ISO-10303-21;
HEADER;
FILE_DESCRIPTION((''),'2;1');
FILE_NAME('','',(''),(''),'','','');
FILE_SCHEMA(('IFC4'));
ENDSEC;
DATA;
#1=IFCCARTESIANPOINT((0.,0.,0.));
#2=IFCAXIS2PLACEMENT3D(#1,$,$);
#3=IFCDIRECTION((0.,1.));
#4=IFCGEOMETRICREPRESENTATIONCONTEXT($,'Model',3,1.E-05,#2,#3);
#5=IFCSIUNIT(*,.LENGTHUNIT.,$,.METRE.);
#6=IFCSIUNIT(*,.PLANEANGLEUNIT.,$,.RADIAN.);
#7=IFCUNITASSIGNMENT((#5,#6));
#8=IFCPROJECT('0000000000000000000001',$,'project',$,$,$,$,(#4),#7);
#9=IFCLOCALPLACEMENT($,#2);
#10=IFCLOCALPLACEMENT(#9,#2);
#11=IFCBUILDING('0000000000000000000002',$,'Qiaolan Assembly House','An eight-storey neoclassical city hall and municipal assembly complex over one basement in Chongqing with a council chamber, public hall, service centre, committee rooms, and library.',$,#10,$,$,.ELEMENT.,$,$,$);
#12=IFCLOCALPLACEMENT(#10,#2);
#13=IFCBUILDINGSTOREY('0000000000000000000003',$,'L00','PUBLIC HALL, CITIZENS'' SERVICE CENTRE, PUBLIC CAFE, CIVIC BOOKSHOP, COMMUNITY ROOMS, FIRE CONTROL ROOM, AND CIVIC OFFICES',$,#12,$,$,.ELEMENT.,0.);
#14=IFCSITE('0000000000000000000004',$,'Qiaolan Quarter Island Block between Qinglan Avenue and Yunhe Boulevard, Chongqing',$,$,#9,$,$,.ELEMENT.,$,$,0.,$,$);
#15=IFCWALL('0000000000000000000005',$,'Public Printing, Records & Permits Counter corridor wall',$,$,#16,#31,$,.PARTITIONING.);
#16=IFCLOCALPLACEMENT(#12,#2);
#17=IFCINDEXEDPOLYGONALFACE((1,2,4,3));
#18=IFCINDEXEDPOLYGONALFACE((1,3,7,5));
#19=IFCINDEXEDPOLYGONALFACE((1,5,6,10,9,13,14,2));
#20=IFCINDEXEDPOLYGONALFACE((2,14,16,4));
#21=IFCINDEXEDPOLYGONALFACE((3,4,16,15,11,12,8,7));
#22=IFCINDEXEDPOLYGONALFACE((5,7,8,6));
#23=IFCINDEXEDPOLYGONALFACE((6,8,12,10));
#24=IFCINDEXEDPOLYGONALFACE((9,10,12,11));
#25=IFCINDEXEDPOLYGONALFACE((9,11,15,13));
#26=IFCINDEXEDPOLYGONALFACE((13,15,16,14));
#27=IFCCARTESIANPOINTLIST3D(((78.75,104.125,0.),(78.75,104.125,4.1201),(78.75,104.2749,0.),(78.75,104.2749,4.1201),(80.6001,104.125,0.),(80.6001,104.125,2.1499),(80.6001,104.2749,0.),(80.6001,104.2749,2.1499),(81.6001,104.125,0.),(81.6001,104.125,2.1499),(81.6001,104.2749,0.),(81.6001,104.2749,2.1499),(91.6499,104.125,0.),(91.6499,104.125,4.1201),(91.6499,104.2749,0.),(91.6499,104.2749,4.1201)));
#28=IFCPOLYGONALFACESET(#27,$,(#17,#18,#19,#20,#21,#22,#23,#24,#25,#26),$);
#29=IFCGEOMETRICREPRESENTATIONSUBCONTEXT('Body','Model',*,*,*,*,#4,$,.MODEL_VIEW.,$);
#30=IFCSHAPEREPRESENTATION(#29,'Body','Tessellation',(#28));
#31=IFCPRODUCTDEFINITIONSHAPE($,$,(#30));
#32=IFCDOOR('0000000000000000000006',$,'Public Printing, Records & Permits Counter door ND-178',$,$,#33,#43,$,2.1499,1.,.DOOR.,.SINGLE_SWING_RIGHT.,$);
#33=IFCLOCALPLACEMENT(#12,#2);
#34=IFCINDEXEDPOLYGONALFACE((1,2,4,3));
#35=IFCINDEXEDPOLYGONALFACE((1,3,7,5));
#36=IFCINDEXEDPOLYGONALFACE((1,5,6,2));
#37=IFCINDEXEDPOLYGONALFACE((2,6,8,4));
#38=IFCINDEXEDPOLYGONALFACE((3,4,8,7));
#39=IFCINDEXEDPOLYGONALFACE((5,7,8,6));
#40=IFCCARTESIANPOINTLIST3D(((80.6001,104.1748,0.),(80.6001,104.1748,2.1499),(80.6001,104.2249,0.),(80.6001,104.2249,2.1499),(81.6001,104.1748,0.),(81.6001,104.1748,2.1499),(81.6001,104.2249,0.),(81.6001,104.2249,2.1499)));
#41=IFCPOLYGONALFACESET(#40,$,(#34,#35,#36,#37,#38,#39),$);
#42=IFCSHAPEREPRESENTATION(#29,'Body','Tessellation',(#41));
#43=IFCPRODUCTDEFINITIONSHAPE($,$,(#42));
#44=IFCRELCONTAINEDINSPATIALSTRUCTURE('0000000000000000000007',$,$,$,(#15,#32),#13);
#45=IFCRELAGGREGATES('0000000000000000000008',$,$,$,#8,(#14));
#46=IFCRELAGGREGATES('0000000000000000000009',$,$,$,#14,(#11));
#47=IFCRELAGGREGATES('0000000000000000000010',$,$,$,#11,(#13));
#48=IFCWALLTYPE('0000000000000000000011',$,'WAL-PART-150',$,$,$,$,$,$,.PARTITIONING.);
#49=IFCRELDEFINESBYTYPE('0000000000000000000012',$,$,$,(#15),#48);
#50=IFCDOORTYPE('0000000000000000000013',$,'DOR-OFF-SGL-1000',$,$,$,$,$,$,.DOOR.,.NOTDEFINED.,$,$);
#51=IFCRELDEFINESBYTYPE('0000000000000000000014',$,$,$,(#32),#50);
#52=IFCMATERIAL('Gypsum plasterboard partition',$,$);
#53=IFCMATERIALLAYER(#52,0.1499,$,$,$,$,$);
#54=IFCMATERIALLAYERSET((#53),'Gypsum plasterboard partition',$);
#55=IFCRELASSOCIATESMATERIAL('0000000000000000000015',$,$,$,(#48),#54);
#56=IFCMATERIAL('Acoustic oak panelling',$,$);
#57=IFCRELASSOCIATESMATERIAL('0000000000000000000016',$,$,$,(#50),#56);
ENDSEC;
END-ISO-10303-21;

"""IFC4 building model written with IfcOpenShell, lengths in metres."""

from ifc_helpers import new_model, si_unit, direction, frame, frame_2d, origin, place, context, subcontext, project, spatial, rectangle, extrude, material, layer, layer_set, type_object, element, fill, save


model = new_model("IFC4")

# Units and contexts
model_context = context("Model", 3, precision=1e-05, world=origin(), true_north=direction((0.0, 1.0)))
body_context = subcontext(model_context, "Body", "Model", "MODEL_VIEW")
ifc_project = project(units=[si_unit("LENGTHUNIT", "METRE"), si_unit("PLANEANGLEUNIT", "RADIAN")], contexts=[model_context])

# Site, building, storey
site_placement = place(None, origin())
site = spatial("IfcSite", under=ifc_project, at=site_placement, Name="Qiaolan Quarter Island Block between Qinglan Avenue and Yunhe Boulevard, Chongqing", CompositionType="ELEMENT", RefElevation=0.0)
building_placement = place(site_placement, origin())
building = spatial("IfcBuilding", under=site, at=building_placement, Name="Qiaolan Assembly House", Description="An eight-storey neoclassical city hall and municipal assembly complex over one basement in Chongqing with a council chamber, public hall, service centre, committee rooms, and library.", CompositionType="ELEMENT")
storey_placement = place(building_placement, origin())
storey = spatial("IfcBuildingStorey", under=building, at=storey_placement, Name="L00", Description="PUBLIC HALL, CITIZENS' SERVICE CENTRE, PUBLIC CAFE, CIVIC BOOKSHOP, COMMUNITY ROOMS, FIRE CONTROL ROOM, AND CIVIC OFFICES", CompositionType="ELEMENT", Elevation=0.0)

# Shared definitions
ifc_material_1 = material(Name="Gypsum plasterboard partition")

# Wall, opening, door
ifc_layer_1 = layer(ifc_material_1, 0.1499)
ifc_layer_set_1 = layer_set([ifc_layer_1], Name="Gypsum plasterboard partition")
wall_type_1 = type_object("IfcWallType", Name="WAL-PART-150", PredefinedType="PARTITIONING", material=ifc_layer_set_1)
wall_1_placement = place(storey_placement, frame((78.75, 104.2, 0.0), z_axis=(0.0, 0.0, 1.0), x_axis=(1.0, 0.0, 0.0)))
wall_1 = element("IfcWall", 1, at=wall_1_placement, inside=storey, type_object=wall_type_1, Name="Public Printing, Records & Permits Counter corridor wall", PredefinedType="PARTITIONING", context=body_context, shape_type="SweptSolid", body=[
    extrude(rectangle(XDim=12.8999, YDim=0.1499, at=frame_2d((6.45, 0.0))), origin(), (0.0, 0.0, 1.0), 4.1201),
])
opening_1_placement = place(wall_1_placement, frame((1.8501, 0.0, 0.0)))
opening_1 = element("IfcOpeningElement", 2, at=opening_1_placement, cuts=wall_1, PredefinedType="OPENING", context=body_context, shape_type="SweptSolid", body=[
    extrude(rectangle(XDim=1.0, YDim=2.1499, at=frame_2d((0.5, 1.075))), frame((0.0, 0.085, 0.0), z_axis=(0.0, -1.0, 0.0), x_axis=(1.0, 0.0, 0.0)), (0.0, 0.0, 1.0), 0.1699),
])
ifc_material_2 = material(Name="Acoustic oak panelling")
door_type_1 = type_object("IfcDoorType", Name="DOR-OFF-SGL-1000", OperationType="NOTDEFINED", PredefinedType="DOOR", material=ifc_material_2)
door_1_placement = place(opening_1_placement, origin())
door_1 = element("IfcDoor", 3, at=door_1_placement, inside=storey, type_object=door_type_1, Name="Public Printing, Records & Permits Counter door ND-178", OperationType="SINGLE_SWING_RIGHT", OverallHeight=2.1499, OverallWidth=1.0, PredefinedType="DOOR", context=body_context, shape_type="SweptSolid", body=[
    extrude(rectangle(XDim=1.0, YDim=2.1499, at=frame_2d((0.5, 1.075))), frame((0.0, 0.0249, 0.0), z_axis=(0.0, -1.0, 0.0), x_axis=(1.0, 0.0, 0.0)), (0.0, 0.0, 1.0), 0.05),
])
fill(opening_1, door_1)

save(model, "model.ifc")
